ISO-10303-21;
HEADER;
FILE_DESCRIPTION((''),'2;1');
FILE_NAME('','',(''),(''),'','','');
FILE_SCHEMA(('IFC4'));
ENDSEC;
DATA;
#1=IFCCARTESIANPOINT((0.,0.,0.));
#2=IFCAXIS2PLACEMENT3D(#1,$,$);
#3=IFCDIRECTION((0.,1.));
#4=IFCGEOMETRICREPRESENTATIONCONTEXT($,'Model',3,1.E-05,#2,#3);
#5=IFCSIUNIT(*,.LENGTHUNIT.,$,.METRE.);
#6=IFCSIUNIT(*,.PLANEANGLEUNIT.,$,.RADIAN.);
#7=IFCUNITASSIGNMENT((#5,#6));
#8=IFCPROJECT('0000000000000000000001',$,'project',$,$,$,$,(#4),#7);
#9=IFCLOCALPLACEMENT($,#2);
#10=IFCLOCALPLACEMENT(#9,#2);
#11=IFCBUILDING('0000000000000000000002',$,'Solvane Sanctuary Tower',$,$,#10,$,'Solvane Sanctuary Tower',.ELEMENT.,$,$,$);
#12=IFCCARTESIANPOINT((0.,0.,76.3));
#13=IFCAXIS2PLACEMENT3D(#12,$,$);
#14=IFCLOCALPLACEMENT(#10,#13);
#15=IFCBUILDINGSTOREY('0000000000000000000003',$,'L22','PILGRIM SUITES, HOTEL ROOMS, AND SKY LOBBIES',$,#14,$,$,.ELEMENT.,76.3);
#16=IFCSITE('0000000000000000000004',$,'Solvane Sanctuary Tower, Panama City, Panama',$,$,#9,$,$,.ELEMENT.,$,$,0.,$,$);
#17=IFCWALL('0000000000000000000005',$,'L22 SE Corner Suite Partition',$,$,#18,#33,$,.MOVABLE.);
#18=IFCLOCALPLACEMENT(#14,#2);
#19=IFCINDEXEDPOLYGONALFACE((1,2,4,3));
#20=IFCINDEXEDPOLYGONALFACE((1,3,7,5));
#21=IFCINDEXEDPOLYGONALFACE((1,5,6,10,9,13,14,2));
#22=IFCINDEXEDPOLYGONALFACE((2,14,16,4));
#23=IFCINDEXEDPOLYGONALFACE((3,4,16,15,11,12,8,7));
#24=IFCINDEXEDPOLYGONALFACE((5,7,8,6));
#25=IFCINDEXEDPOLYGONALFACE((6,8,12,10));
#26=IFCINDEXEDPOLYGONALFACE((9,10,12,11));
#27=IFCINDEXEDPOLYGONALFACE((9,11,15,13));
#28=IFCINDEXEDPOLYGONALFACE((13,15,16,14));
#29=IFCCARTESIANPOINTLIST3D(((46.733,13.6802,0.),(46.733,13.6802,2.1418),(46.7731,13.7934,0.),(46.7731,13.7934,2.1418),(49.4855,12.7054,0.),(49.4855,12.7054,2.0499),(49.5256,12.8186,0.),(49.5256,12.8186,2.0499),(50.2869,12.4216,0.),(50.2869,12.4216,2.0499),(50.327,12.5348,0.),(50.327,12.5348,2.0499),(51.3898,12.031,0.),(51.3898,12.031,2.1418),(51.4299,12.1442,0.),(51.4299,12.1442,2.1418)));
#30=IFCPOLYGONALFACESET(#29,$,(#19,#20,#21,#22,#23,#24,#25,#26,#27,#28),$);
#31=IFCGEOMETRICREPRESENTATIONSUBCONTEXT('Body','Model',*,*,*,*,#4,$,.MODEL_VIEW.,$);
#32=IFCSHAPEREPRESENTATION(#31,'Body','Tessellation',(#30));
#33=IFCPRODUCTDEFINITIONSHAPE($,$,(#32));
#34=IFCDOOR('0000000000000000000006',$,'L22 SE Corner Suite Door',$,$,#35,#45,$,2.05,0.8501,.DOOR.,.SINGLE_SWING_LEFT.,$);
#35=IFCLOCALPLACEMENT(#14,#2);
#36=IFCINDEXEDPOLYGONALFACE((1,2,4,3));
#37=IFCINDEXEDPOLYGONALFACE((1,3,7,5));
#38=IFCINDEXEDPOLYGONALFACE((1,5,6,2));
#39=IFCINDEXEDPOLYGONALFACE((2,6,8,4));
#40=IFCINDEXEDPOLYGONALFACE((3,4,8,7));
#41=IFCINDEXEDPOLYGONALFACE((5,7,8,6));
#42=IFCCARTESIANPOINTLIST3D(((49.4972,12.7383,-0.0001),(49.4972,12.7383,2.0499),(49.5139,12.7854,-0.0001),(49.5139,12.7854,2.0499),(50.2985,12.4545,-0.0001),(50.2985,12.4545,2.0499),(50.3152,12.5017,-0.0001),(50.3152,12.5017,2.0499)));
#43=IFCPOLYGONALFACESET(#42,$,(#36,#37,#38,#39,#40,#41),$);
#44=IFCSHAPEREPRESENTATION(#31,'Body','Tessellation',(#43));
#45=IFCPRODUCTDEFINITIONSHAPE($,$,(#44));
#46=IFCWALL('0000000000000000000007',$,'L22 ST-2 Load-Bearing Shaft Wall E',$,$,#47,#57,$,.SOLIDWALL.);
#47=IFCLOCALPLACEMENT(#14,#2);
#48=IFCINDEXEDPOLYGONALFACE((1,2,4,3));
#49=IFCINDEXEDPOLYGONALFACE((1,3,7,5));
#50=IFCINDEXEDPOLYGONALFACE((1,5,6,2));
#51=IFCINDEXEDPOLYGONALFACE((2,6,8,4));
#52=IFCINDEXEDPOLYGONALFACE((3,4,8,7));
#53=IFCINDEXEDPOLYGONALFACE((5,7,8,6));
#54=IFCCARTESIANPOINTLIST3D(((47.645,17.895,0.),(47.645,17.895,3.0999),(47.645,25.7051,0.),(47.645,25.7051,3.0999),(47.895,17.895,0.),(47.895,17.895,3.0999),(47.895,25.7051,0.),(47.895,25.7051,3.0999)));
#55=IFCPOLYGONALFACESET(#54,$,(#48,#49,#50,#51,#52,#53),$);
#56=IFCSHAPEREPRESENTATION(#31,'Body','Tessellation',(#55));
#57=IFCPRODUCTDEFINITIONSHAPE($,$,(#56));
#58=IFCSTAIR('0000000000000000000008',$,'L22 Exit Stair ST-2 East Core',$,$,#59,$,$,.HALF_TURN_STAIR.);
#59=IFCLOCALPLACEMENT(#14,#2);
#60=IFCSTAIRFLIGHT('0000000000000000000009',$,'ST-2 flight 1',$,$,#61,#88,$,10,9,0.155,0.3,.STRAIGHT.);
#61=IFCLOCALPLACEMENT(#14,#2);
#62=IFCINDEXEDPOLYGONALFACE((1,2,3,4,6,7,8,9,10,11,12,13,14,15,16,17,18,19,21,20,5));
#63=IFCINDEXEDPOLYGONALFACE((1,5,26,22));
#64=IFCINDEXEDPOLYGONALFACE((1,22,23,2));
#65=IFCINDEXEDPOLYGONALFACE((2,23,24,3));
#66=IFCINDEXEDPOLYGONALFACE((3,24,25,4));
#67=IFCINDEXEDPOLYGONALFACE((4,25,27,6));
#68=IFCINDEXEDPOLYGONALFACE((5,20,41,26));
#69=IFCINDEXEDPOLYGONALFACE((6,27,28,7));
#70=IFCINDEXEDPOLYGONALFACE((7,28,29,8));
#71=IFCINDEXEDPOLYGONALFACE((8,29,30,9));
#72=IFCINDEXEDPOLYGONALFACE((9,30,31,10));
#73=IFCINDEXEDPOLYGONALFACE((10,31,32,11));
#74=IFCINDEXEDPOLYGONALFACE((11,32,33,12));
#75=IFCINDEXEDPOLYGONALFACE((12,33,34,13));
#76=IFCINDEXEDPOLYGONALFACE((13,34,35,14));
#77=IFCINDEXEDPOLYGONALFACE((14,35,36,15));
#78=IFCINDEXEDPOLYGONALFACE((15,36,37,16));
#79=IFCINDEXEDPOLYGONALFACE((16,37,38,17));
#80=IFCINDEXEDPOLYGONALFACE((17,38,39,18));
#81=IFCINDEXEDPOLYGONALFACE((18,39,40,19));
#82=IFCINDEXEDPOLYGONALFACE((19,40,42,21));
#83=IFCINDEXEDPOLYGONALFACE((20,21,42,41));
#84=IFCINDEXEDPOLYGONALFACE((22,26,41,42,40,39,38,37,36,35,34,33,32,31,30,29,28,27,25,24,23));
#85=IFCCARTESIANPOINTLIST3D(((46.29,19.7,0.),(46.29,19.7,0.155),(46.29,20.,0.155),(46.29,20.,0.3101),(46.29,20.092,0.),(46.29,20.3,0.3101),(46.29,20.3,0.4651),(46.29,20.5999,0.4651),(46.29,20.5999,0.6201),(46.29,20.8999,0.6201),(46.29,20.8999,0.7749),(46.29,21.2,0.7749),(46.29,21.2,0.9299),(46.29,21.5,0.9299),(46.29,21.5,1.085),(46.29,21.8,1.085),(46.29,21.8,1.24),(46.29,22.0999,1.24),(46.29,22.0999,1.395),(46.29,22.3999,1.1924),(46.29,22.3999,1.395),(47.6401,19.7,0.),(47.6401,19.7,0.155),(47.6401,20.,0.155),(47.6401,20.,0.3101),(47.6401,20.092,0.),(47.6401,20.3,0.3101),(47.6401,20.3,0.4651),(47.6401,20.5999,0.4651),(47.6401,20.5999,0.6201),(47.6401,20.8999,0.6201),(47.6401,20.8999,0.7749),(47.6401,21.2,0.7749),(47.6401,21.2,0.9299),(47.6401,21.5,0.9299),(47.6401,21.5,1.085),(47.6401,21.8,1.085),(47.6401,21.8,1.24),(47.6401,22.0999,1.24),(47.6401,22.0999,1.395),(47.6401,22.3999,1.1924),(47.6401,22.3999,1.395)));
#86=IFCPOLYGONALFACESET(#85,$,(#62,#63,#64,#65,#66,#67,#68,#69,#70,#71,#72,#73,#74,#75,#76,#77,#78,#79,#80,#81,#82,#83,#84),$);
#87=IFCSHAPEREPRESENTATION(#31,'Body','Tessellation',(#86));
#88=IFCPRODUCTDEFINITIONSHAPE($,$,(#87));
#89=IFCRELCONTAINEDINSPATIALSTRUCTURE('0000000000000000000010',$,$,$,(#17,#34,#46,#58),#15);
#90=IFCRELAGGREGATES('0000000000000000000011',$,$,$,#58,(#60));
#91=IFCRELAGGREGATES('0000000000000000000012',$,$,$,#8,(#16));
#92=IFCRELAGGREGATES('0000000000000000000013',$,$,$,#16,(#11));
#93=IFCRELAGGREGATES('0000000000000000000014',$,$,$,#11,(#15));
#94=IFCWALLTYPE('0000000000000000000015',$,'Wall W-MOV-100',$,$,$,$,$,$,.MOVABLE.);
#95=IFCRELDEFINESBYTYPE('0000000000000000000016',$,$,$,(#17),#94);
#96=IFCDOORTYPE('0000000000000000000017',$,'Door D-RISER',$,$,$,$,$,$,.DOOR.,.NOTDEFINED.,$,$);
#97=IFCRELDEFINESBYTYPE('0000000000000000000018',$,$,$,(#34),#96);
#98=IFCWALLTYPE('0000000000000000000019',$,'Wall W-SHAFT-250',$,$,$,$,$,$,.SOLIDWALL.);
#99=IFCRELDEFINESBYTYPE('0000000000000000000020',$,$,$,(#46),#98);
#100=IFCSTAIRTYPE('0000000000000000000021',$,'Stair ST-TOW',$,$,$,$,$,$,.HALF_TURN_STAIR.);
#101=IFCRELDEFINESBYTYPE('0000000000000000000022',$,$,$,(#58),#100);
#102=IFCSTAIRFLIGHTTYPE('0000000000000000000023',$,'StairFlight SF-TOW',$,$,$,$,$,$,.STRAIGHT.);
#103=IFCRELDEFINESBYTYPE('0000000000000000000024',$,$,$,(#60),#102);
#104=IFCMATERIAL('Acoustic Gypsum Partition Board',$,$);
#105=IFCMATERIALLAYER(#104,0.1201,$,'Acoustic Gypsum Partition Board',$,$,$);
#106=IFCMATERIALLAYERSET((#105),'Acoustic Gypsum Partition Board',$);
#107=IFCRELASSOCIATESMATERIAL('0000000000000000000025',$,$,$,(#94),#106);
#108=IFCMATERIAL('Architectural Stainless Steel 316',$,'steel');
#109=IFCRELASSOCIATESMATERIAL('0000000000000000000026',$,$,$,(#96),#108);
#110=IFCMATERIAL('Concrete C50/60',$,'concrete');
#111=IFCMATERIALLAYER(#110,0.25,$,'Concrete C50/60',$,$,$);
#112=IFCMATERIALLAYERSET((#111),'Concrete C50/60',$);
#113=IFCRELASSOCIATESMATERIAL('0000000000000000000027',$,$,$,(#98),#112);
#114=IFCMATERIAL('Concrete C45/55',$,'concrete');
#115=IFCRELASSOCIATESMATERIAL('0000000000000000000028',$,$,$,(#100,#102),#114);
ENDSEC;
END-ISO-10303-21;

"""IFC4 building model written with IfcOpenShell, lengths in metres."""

from ifc_helpers import new_model, si_unit, direction, frame, frame_2d, origin, place, context, subcontext, project, spatial, polyline, rectangle, outline, extrude, material, layer, layer_set, type_object, element, fill, aggregate, save


model = new_model("IFC4")

# Units and contexts
model_context = context("Model", 3, precision=1e-05, world=origin(), true_north=direction((0.0, 1.0)))
body_context = subcontext(model_context, "Body", "Model", "MODEL_VIEW")
ifc_project = project(units=[si_unit("LENGTHUNIT", "METRE"), si_unit("PLANEANGLEUNIT", "RADIAN")], contexts=[model_context])

# Site, building, storey
site_placement = place(None, origin())
site = spatial("IfcSite", under=ifc_project, at=site_placement, Name="Solvane Sanctuary Tower, Panama City, Panama", CompositionType="ELEMENT", RefElevation=0.0)
building_placement = place(site_placement, origin())
building = spatial("IfcBuilding", under=site, at=building_placement, Name="Solvane Sanctuary Tower", LongName="Solvane Sanctuary Tower", CompositionType="ELEMENT")
storey_placement = place(building_placement, frame((0.0, 0.0, 76.3)))
storey = spatial("IfcBuildingStorey", under=building, at=storey_placement, Name="L22", Description="PILGRIM SUITES, HOTEL ROOMS, AND SKY LOBBIES", CompositionType="ELEMENT", Elevation=76.3)

# Shared definitions
ifc_material_1 = material(Name="Acoustic Gypsum Partition Board")

# Wall, opening, door
ifc_layer_1 = layer(ifc_material_1, 0.1201, Name="Acoustic Gypsum Partition Board")
ifc_layer_set_1 = layer_set([ifc_layer_1], Name="Acoustic Gypsum Partition Board")
wall_type_1 = type_object("IfcWallType", Name="Wall W-MOV-100", PredefinedType="MOVABLE", material=ifc_layer_set_1)
wall_1_placement = place(storey_placement, frame((46.7529, 13.7368, 0.0), z_axis=(0.0, 0.0, 1.0), x_axis=(0.942633, -0.333831, 0.0)))
wall_1 = element("IfcWall", 1, at=wall_1_placement, inside=storey, type_object=wall_type_1, Name="L22 SE Corner Suite Partition", PredefinedType="MOVABLE", context=body_context, shape_type="SweptSolid", body=[
    extrude(rectangle(XDim=4.9402, YDim=0.1201, at=frame_2d((2.4702, 0.0))), origin(), (0.0, 0.0, 1.0), 2.1418),
])
opening_1_placement = place(wall_1_placement, frame((2.9202, 0.0, 0.0)))
opening_1 = element("IfcOpeningElement", 2, at=opening_1_placement, cuts=wall_1, PredefinedType="OPENING", context=body_context, shape_type="SweptSolid", body=[
    extrude(rectangle(XDim=0.8501, YDim=2.05, at=frame_2d((0.425, 1.0249))), frame((0.0, 0.0701, 0.0), z_axis=(0.0, -1.0, 0.0), x_axis=(1.0, 0.0, 0.0)), (0.0, 0.0, 1.0), 0.1401),
])
ifc_material_2 = material(Name="Architectural Stainless Steel 316", Category="steel")
door_type_1 = type_object("IfcDoorType", Name="Door D-RISER", OperationType="NOTDEFINED", PredefinedType="DOOR", material=ifc_material_2)
door_1_placement = place(opening_1_placement, origin())
door_1 = element("IfcDoor", 3, at=door_1_placement, inside=storey, type_object=door_type_1, Name="L22 SE Corner Suite Door", OperationType="SINGLE_SWING_LEFT", OverallHeight=2.05, OverallWidth=0.8501, PredefinedType="DOOR", context=body_context, shape_type="SweptSolid", body=[
    extrude(rectangle(XDim=0.8501, YDim=2.05, at=frame_2d((0.425, 1.0249))), frame((0.0, 0.0249, 0.0), z_axis=(0.0, -1.0, 0.0), x_axis=(1.0, 0.0, 0.0)), (0.0, 0.0, 1.0), 0.05),
])
fill(opening_1, door_1)

# Wall
ifc_material_3 = material(Name="Concrete C50/60", Category="concrete")
ifc_layer_2 = layer(ifc_material_3, 0.25, Name="Concrete C50/60")
ifc_layer_set_2 = layer_set([ifc_layer_2], Name="Concrete C50/60")
wall_type_2 = type_object("IfcWallType", Name="Wall W-SHAFT-250", PredefinedType="SOLIDWALL", material=ifc_layer_set_2)
wall_2_placement = place(storey_placement, frame((47.77, 17.895, 0.0), z_axis=(0.0, 0.0, 1.0), x_axis=(0.0, 1.0, 0.0)))
element("IfcWall", 4, at=wall_2_placement, inside=storey, type_object=wall_type_2, Name="L22 ST-2 Load-Bearing Shaft Wall E", PredefinedType="SOLIDWALL", context=body_context, shape_type="SweptSolid", body=[
    extrude(rectangle(XDim=7.8101, YDim=0.25, at=frame_2d((3.905, 0.0))), origin(), (0.0, 0.0, 1.0), 3.0999),
])

# Stair, stair flight
ifc_material_4 = material(Name="Concrete C45/55", Category="concrete")
stair_type = type_object("IfcStairType", Name="Stair ST-TOW", PredefinedType="HALF_TURN_STAIR", material=ifc_material_4)
stair_placement = place(storey_placement, origin())
stair = element("IfcStair", 5, at=stair_placement, inside=storey, type_object=stair_type, Name="L22 Exit Stair ST-2 East Core", PredefinedType="HALF_TURN_STAIR")
stair_flight_type = type_object("IfcStairFlightType", Name="StairFlight SF-TOW", PredefinedType="STRAIGHT", material=ifc_material_4)
stair_flight_placement = place(storey_placement, frame((46.9651, 19.7, 0.0), z_axis=(0.0, 0.0, 1.0), x_axis=(0.0, 1.0, 0.0)))
stair_flight = element("IfcStairFlight", 6, at=stair_flight_placement, type_object=stair_flight_type, Name="ST-2 flight 1", NumberOfRisers=10, NumberOfTreads=9, PredefinedType="STRAIGHT", RiserHeight=0.155, TreadLength=0.3, context=body_context, shape_type="SweptSolid", body=[
    extrude(outline(polyline([(0.0, 0.0), (0.0, 0.155), (0.3, 0.155), (0.3, 0.3101), (0.6001, 0.3101), (0.6001, 0.4651), (0.8999, 0.4651), (0.8999, 0.6201), (1.2, 0.6201), (1.2, 0.7749), (1.5, 0.7749), (1.5, 0.9299), (1.8, 0.9299), (1.8, 1.085), (2.1001, 1.085), (2.1001, 1.24), (2.3999, 1.24), (2.3999, 1.395), (2.7, 1.395), (2.7, 1.55), (2.7, 1.1924), (0.3921, 0.0), (0.0, 0.0)])), frame((0.0, 0.675, 0.0), z_axis=(0.0, -1.0, 0.0), x_axis=(1.0, 0.0, 0.0)), (0.0, 0.0, 1.0), 1.3501),
])
aggregate(stair, [stair_flight])

save(model, "model.ifc")
